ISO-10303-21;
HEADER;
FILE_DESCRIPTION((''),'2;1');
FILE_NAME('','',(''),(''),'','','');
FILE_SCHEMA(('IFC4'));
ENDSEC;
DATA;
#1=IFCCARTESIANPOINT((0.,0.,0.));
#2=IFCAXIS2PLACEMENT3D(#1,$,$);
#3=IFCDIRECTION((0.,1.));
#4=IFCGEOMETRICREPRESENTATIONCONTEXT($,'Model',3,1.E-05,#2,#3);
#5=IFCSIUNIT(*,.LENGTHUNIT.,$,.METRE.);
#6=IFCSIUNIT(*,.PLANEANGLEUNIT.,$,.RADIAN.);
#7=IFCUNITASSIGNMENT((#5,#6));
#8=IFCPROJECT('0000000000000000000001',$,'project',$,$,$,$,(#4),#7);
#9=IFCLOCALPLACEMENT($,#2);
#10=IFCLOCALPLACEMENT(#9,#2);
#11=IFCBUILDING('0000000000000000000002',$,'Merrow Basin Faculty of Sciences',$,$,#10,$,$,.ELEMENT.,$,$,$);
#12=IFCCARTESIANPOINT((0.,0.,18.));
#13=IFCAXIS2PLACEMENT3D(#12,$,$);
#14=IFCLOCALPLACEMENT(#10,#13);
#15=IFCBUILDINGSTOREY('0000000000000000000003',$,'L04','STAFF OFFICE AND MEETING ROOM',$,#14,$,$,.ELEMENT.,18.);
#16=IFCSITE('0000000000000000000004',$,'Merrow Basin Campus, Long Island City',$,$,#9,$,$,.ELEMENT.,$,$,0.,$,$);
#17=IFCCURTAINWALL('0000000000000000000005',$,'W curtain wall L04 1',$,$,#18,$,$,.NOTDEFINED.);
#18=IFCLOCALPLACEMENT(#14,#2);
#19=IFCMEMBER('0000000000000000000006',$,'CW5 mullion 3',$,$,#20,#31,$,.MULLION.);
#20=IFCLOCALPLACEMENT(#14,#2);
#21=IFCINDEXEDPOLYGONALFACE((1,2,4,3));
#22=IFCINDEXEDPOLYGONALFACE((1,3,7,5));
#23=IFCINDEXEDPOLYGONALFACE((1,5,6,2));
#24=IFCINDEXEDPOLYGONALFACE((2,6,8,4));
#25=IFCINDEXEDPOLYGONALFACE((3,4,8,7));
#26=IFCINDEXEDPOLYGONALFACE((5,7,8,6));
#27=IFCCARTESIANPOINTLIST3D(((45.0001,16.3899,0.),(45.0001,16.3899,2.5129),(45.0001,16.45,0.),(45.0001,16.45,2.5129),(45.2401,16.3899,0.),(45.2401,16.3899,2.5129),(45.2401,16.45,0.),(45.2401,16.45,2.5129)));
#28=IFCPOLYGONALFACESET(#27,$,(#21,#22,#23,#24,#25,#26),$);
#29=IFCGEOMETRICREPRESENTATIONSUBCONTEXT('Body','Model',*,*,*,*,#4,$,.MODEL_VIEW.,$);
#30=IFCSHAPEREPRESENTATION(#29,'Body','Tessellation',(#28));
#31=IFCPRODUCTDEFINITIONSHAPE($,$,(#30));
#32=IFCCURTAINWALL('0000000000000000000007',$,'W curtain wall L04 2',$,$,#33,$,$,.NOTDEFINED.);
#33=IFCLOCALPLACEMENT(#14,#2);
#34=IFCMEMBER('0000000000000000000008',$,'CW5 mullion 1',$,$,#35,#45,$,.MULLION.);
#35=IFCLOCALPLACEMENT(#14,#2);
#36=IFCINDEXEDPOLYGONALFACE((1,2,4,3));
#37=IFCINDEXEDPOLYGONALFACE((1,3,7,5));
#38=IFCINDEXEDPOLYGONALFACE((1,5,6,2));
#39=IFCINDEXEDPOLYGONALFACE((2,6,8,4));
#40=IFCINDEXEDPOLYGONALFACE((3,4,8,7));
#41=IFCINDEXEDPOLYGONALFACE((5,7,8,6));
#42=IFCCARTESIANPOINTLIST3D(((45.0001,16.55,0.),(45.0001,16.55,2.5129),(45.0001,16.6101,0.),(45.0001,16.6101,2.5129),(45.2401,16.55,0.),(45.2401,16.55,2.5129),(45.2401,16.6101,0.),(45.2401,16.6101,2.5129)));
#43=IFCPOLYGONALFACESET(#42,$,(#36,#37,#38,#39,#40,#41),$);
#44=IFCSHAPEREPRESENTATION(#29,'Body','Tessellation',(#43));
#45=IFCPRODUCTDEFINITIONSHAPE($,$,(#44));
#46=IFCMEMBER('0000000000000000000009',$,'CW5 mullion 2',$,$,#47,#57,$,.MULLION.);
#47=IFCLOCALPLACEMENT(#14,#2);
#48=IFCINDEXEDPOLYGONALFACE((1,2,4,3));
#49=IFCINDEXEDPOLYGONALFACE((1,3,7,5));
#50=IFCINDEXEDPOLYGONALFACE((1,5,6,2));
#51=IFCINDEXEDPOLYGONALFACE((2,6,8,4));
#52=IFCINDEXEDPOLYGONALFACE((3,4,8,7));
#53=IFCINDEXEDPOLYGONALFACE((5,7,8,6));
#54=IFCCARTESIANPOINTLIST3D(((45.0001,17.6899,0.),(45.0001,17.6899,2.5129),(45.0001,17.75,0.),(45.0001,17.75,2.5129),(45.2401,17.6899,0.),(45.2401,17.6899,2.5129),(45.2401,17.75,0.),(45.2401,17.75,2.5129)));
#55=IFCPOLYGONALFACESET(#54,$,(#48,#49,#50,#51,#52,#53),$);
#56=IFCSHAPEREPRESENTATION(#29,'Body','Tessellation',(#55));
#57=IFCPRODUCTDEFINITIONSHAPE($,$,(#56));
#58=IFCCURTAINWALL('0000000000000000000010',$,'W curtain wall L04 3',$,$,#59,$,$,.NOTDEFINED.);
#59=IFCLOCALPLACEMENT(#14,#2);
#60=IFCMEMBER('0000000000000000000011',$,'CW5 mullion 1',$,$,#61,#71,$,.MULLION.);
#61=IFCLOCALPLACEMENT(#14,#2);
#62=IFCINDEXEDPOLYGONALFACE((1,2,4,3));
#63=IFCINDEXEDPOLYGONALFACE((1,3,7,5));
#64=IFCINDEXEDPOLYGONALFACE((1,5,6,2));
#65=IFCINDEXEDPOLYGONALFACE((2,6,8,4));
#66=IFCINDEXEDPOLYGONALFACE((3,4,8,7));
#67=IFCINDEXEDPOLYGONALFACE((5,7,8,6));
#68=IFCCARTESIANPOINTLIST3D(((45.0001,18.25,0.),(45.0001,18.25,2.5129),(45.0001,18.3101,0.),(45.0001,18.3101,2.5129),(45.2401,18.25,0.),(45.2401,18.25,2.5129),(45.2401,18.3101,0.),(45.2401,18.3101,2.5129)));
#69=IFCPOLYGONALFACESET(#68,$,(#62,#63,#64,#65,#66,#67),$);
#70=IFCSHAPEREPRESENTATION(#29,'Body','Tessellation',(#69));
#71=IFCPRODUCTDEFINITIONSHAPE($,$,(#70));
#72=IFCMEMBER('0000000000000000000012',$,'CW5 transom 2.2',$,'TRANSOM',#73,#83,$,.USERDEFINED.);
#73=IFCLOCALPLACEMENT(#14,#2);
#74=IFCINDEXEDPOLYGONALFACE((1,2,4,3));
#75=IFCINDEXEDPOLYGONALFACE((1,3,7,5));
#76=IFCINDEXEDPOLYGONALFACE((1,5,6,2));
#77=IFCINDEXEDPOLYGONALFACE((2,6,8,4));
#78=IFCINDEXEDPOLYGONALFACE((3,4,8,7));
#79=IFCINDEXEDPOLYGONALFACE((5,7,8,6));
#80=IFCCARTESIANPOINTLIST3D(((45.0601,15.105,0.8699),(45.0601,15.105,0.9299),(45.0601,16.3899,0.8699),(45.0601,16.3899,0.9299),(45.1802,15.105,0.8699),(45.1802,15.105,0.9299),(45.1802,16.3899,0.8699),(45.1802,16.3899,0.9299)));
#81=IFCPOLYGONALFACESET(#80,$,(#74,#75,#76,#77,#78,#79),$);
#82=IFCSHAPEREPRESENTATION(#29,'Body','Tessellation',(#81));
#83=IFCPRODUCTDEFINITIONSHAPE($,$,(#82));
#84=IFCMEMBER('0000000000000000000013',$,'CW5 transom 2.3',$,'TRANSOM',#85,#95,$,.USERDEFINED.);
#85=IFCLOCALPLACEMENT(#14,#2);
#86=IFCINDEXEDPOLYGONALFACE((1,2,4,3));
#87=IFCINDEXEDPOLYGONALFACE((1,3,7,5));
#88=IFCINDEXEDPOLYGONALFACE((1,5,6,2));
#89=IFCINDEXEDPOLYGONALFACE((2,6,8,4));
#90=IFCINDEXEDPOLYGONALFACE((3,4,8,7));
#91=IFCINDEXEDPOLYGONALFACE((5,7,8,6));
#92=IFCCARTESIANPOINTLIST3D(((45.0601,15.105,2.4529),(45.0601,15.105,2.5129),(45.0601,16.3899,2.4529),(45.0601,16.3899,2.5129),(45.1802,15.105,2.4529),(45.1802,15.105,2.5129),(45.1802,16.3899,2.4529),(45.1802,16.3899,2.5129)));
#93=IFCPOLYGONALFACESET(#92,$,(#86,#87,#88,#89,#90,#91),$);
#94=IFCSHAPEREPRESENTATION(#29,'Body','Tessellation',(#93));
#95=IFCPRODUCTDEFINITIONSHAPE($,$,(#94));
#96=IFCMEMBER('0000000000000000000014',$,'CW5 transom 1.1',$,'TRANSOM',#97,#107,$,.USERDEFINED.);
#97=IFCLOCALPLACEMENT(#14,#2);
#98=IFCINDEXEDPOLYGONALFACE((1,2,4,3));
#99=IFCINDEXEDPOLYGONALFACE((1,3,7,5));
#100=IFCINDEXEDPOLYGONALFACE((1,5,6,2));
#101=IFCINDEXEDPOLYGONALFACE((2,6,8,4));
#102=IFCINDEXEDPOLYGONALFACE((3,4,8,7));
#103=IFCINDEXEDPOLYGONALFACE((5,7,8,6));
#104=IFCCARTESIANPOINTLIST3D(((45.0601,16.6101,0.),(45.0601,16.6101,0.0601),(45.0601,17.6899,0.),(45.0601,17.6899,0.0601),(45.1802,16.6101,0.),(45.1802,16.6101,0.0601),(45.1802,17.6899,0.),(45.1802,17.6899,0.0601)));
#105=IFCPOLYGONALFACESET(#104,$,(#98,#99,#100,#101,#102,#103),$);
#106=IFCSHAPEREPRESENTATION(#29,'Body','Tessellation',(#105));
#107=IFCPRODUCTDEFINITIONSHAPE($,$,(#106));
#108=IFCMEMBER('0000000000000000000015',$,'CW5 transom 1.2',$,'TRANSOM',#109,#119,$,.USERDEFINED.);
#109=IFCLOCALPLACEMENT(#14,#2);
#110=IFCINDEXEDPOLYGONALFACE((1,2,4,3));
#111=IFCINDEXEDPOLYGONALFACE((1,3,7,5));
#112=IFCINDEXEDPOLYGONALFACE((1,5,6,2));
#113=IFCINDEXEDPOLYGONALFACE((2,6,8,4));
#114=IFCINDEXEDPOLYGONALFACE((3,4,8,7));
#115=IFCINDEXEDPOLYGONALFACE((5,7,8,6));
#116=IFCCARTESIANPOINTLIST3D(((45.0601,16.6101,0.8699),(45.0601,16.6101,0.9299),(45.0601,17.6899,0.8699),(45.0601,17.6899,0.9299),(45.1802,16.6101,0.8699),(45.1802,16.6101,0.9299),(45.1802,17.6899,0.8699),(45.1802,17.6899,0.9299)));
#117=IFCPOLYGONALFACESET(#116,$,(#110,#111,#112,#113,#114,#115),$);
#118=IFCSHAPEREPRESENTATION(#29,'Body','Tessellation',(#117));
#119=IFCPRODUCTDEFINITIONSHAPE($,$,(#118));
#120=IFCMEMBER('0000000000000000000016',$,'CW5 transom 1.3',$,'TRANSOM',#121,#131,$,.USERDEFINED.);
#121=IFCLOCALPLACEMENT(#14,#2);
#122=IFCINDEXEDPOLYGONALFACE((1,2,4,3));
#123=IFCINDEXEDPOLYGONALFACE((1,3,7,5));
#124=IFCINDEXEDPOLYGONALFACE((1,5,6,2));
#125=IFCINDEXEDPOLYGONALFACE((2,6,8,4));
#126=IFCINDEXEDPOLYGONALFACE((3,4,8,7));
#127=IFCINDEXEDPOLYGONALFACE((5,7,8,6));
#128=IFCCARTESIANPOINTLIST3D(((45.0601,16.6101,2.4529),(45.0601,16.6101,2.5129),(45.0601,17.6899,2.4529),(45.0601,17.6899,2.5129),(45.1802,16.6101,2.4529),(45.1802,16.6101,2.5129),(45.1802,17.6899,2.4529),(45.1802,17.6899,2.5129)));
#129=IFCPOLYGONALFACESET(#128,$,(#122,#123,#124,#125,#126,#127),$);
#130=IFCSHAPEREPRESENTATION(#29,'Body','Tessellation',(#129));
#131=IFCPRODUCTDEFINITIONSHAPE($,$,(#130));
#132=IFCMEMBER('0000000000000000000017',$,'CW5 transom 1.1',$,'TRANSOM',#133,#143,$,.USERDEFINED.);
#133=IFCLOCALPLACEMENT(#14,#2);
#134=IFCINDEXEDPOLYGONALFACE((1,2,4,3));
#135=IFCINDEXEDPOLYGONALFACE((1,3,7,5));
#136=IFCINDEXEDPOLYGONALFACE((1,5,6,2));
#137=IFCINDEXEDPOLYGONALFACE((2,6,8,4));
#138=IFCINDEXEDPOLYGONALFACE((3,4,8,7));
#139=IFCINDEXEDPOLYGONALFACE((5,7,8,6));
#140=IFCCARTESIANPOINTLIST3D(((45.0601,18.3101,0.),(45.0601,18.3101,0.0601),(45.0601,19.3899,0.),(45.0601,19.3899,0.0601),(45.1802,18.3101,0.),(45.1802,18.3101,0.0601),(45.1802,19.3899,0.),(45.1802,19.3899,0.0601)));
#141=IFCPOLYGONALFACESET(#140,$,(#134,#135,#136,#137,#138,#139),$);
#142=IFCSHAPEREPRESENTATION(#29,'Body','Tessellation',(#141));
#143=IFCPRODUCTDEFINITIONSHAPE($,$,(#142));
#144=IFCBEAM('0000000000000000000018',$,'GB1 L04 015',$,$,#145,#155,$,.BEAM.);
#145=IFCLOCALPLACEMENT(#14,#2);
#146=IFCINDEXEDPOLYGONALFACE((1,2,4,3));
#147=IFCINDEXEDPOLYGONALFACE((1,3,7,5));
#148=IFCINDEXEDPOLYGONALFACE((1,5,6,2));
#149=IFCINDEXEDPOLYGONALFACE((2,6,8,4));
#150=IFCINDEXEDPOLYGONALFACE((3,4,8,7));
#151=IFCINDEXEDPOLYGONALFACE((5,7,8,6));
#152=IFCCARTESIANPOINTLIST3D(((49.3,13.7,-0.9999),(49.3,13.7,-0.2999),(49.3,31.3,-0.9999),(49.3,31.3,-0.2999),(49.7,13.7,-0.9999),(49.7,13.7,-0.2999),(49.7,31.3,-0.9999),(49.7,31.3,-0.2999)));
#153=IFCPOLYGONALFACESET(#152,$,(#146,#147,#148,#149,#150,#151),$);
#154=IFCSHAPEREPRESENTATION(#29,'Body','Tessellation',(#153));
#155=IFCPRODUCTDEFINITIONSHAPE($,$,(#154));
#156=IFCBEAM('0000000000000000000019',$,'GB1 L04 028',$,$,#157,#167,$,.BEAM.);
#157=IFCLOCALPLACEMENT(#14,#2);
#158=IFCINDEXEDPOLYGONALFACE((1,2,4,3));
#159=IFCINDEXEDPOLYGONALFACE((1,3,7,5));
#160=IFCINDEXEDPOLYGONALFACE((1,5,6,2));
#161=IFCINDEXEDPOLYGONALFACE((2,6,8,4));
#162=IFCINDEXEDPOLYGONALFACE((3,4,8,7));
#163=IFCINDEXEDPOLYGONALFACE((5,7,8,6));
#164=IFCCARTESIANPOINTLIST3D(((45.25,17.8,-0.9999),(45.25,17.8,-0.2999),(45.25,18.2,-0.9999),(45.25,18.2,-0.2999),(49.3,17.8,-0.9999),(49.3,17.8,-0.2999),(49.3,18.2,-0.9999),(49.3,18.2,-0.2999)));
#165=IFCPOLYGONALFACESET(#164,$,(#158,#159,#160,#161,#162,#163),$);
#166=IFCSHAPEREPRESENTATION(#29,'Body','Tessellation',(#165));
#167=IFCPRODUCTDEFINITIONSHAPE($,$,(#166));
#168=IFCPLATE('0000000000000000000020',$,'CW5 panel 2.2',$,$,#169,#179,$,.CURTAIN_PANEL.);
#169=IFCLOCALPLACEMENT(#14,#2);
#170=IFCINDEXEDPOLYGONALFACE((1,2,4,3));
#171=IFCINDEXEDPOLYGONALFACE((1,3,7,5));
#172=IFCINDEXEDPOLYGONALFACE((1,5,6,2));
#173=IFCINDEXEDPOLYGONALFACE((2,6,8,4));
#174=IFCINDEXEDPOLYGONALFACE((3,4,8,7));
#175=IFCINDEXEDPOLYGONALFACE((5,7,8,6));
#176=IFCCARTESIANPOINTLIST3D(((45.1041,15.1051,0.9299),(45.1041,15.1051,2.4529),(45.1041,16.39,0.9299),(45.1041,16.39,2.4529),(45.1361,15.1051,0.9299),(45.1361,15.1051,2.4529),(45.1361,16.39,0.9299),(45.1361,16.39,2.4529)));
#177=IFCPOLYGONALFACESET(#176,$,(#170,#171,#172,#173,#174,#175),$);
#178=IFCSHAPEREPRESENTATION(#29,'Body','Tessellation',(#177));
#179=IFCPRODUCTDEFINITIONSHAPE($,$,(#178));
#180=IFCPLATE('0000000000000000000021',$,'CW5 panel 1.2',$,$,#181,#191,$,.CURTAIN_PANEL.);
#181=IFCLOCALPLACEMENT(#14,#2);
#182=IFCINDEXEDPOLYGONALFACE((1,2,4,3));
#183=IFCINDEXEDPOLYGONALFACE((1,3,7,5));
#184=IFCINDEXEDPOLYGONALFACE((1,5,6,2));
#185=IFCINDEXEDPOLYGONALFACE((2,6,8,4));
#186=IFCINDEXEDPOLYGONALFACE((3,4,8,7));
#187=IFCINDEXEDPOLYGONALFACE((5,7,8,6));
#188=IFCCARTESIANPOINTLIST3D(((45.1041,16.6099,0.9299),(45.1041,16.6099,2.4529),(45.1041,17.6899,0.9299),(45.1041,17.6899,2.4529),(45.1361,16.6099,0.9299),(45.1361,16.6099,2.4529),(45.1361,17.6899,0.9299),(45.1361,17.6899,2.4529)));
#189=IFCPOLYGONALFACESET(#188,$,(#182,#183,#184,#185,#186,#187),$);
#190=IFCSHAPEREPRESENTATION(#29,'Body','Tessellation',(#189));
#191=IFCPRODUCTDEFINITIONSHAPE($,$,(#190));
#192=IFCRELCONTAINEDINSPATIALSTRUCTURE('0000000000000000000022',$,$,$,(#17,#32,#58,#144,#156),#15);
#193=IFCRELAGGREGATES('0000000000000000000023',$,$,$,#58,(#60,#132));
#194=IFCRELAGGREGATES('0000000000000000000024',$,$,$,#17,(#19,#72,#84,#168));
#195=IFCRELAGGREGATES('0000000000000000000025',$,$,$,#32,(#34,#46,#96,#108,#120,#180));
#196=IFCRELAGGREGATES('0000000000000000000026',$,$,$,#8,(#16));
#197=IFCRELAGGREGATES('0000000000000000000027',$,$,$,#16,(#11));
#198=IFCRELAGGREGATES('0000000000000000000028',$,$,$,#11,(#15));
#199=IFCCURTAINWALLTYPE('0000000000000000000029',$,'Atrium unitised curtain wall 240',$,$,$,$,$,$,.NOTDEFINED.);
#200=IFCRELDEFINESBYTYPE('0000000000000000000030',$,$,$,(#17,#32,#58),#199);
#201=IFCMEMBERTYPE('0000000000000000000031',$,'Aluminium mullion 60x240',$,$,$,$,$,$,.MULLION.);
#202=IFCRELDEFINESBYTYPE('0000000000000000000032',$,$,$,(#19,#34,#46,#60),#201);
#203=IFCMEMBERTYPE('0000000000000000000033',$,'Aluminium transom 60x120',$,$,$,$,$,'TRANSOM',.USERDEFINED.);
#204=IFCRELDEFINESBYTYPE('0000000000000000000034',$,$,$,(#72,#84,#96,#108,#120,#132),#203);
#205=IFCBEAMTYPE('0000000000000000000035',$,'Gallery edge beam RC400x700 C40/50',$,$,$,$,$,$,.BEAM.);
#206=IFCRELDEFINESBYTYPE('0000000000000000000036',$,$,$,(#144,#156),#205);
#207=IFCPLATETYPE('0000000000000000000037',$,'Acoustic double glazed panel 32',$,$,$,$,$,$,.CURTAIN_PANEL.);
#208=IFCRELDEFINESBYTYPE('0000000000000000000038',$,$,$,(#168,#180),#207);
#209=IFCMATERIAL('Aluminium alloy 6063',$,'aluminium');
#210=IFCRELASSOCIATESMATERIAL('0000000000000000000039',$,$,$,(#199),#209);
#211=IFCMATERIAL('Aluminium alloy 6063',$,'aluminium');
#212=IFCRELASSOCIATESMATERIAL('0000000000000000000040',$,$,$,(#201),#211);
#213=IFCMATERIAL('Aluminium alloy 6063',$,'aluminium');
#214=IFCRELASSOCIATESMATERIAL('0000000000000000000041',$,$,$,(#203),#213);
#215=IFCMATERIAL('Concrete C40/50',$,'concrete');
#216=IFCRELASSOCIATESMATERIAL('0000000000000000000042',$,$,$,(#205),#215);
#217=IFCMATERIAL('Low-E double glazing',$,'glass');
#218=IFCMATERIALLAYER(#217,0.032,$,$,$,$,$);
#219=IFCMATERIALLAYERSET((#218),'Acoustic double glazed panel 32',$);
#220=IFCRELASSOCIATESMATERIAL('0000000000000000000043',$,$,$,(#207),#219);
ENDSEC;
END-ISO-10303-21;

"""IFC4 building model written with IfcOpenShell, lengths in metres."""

from ifc_helpers import new_model, si_unit, direction, frame, origin, origin_2d, place, context, subcontext, project, spatial, rectangle, extrude, material, layer, layer_set, material_profile, profile_set, type_object, element, aggregate, save


model = new_model("IFC4")

# Units and contexts
model_context = context("Model", 3, precision=1e-05, world=origin(), true_north=direction((0.0, 1.0)))
body_context = subcontext(model_context, "Body", "Model", "MODEL_VIEW")
ifc_project = project(units=[si_unit("LENGTHUNIT", "METRE"), si_unit("PLANEANGLEUNIT", "RADIAN")], contexts=[model_context])

# Site, building, storey
site_placement = place(None, origin())
site = spatial("IfcSite", under=ifc_project, at=site_placement, Name="Merrow Basin Campus, Long Island City", CompositionType="ELEMENT", RefElevation=0.0)
building_placement = place(site_placement, origin())
building = spatial("IfcBuilding", under=site, at=building_placement, Name="Merrow Basin Faculty of Sciences", CompositionType="ELEMENT")
storey_placement = place(building_placement, frame((0.0, 0.0, 18.0)))
storey = spatial("IfcBuildingStorey", under=building, at=storey_placement, Name="L04", Description="STAFF OFFICE AND MEETING ROOM", CompositionType="ELEMENT", Elevation=18.0)

# Curtain wall, member
ifc_material_1 = material(Name="Aluminium alloy 6063", Category="aluminium")
curtain_wall_type = type_object("IfcCurtainWallType", Name="Atrium unitised curtain wall 240", PredefinedType="NOTDEFINED", material=ifc_material_1)
curtain_wall_1_placement = place(storey_placement, origin())
curtain_wall_1 = element("IfcCurtainWall", 1, at=curtain_wall_1_placement, inside=storey, type_object=curtain_wall_type, Name="W curtain wall L04 1", PredefinedType="NOTDEFINED")
ifc_material_2 = material(Name="Aluminium alloy 6063", Category="aluminium")
ifc_material_profile_1 = material_profile(ifc_material_2, rectangle(XDim=0.24, YDim=0.0601, at=origin_2d()))
ifc_profile_set_1 = profile_set([ifc_material_profile_1], Name="Aluminium alloy 6063")
member_type_1 = type_object("IfcMemberType", Name="Aluminium mullion 60x240", PredefinedType="MULLION", material=ifc_profile_set_1)
member_1_placement = place(storey_placement, frame((45.1201, 16.4199, 0.0), z_axis=(0.0, 0.0, 1.0), x_axis=(-1.0, 0.0, 0.0)))
member_1 = element("IfcMember", 2, at=member_1_placement, type_object=member_type_1, Name="CW5 mullion 3", PredefinedType="MULLION", context=body_context, shape_type="SweptSolid", body=[
    extrude(rectangle(XDim=0.24, YDim=0.0601, at=origin_2d()), origin(), (0.0, 0.0, 1.0), 2.5129),
])

# Curtain wall, members
curtain_wall_2_placement = place(storey_placement, origin())
curtain_wall_2 = element("IfcCurtainWall", 3, at=curtain_wall_2_placement, inside=storey, type_object=curtain_wall_type, Name="W curtain wall L04 2", PredefinedType="NOTDEFINED")
member_2_placement = place(storey_placement, frame((45.1201, 16.5801, 0.0), z_axis=(0.0, 0.0, 1.0), x_axis=(-1.0, 0.0, 0.0)))
member_2 = element("IfcMember", 4, at=member_2_placement, type_object=member_type_1, Name="CW5 mullion 1", PredefinedType="MULLION", context=body_context, shape_type="SweptSolid", body=[
    extrude(rectangle(XDim=0.24, YDim=0.0601, at=origin_2d()), origin(), (0.0, 0.0, 1.0), 2.5129),
])
member_3_placement = place(storey_placement, frame((45.1201, 17.72, 0.0), z_axis=(0.0, 0.0, 1.0), x_axis=(-1.0, 0.0, 0.0)))
member_3 = element("IfcMember", 5, at=member_3_placement, type_object=member_type_1, Name="CW5 mullion 2", PredefinedType="MULLION", context=body_context, shape_type="SweptSolid", body=[
    extrude(rectangle(XDim=0.24, YDim=0.0601, at=origin_2d()), origin(), (0.0, 0.0, 1.0), 2.5129),
])

# Curtain wall, member
curtain_wall_3_placement = place(storey_placement, origin())
curtain_wall_3 = element("IfcCurtainWall", 6, at=curtain_wall_3_placement, inside=storey, type_object=curtain_wall_type, Name="W curtain wall L04 3", PredefinedType="NOTDEFINED")
member_4_placement = place(storey_placement, frame((45.1201, 18.28, 0.0), z_axis=(0.0, 0.0, 1.0), x_axis=(-1.0, 0.0, 0.0)))
member_4 = element("IfcMember", 7, at=member_4_placement, type_object=member_type_1, Name="CW5 mullion 1", PredefinedType="MULLION", context=body_context, shape_type="SweptSolid", body=[
    extrude(rectangle(XDim=0.24, YDim=0.0601, at=origin_2d()), origin(), (0.0, 0.0, 1.0), 2.5129),
])

# Members
ifc_material_3 = material(Name="Aluminium alloy 6063", Category="aluminium")
ifc_material_profile_2 = material_profile(ifc_material_3, rectangle(XDim=0.1201, YDim=0.0601, at=origin_2d()))
ifc_profile_set_2 = profile_set([ifc_material_profile_2], Name="Aluminium alloy 6063")
member_type_2 = type_object("IfcMemberType", Name="Aluminium transom 60x120", ElementType="TRANSOM", PredefinedType="USERDEFINED", material=ifc_profile_set_2)
member_5_placement = place(storey_placement, frame((45.1201, 15.105, 0.8999), z_axis=(0.0, 1.0, 0.0), x_axis=(-1.0, 0.0, 0.0)))
member_5 = element("IfcMember", 8, at=member_5_placement, type_object=member_type_2, Name="CW5 transom 2.2", ObjectType="TRANSOM", PredefinedType="USERDEFINED", context=body_context, shape_type="SweptSolid", body=[
    extrude(rectangle(XDim=0.1201, YDim=0.0601, at=origin_2d()), origin(), (0.0, 0.0, 1.0), 1.2849),
])
member_6_placement = place(storey_placement, frame((45.1201, 15.105, 2.4829), z_axis=(0.0, 1.0, 0.0), x_axis=(-1.0, 0.0, 0.0)))
member_6 = element("IfcMember", 9, at=member_6_placement, type_object=member_type_2, Name="CW5 transom 2.3", ObjectType="TRANSOM", PredefinedType="USERDEFINED", context=body_context, shape_type="SweptSolid", body=[
    extrude(rectangle(XDim=0.1201, YDim=0.0601, at=origin_2d()), origin(), (0.0, 0.0, 1.0), 1.2849),
])
member_7_placement = place(storey_placement, frame((45.1201, 16.6101, 0.03), z_axis=(0.0, 1.0, 0.0), x_axis=(-1.0, 0.0, 0.0)))
member_7 = element("IfcMember", 10, at=member_7_placement, type_object=member_type_2, Name="CW5 transom 1.1", ObjectType="TRANSOM", PredefinedType="USERDEFINED", context=body_context, shape_type="SweptSolid", body=[
    extrude(rectangle(XDim=0.1201, YDim=0.0601, at=origin_2d()), origin(), (0.0, 0.0, 1.0), 1.0798),
])
member_8_placement = place(storey_placement, frame((45.1201, 16.6101, 0.8999), z_axis=(0.0, 1.0, 0.0), x_axis=(-1.0, 0.0, 0.0)))
member_8 = element("IfcMember", 11, at=member_8_placement, type_object=member_type_2, Name="CW5 transom 1.2", ObjectType="TRANSOM", PredefinedType="USERDEFINED", context=body_context, shape_type="SweptSolid", body=[
    extrude(rectangle(XDim=0.1201, YDim=0.0601, at=origin_2d()), origin(), (0.0, 0.0, 1.0), 1.0798),
])
member_9_placement = place(storey_placement, frame((45.1201, 16.6101, 2.4829), z_axis=(0.0, 1.0, 0.0), x_axis=(-1.0, 0.0, 0.0)))
member_9 = element("IfcMember", 12, at=member_9_placement, type_object=member_type_2, Name="CW5 transom 1.3", ObjectType="TRANSOM", PredefinedType="USERDEFINED", context=body_context, shape_type="SweptSolid", body=[
    extrude(rectangle(XDim=0.1201, YDim=0.0601, at=origin_2d()), origin(), (0.0, 0.0, 1.0), 1.0798),
])
member_10_placement = place(storey_placement, frame((45.1201, 18.3101, 0.03), z_axis=(0.0, 1.0, 0.0), x_axis=(-1.0, 0.0, 0.0)))
member_10 = element("IfcMember", 13, at=member_10_placement, type_object=member_type_2, Name="CW5 transom 1.1", ObjectType="TRANSOM", PredefinedType="USERDEFINED", context=body_context, shape_type="SweptSolid", body=[
    extrude(rectangle(XDim=0.1201, YDim=0.0601, at=origin_2d()), origin(), (0.0, 0.0, 1.0), 1.0798),
])
aggregate(curtain_wall_3, [member_4, member_10])

# Beams
ifc_material_4 = material(Name="Concrete C40/50", Category="concrete")
ifc_material_profile_3 = material_profile(ifc_material_4, rectangle(XDim=0.3999, YDim=0.7, at=origin_2d()))
ifc_profile_set_3 = profile_set([ifc_material_profile_3], Name="Concrete C40/50")
beam_type = type_object("IfcBeamType", Name="Gallery edge beam RC400x700 C40/50", PredefinedType="BEAM", material=ifc_profile_set_3)
beam_1_placement = place(storey_placement, frame((49.5, 13.7, -0.6499), z_axis=(0.0, 1.0, 0.0), x_axis=(-1.0, 0.0, 0.0)))
element("IfcBeam", 14, at=beam_1_placement, inside=storey, type_object=beam_type, Name="GB1 L04 015", PredefinedType="BEAM", context=body_context, shape_type="SweptSolid", body=[
    extrude(rectangle(XDim=0.3999, YDim=0.7, at=origin_2d()), origin(), (0.0, 0.0, 1.0), 17.6001),
])
beam_2_placement = place(storey_placement, frame((45.25, 18.0, -0.6499), z_axis=(1.0, 0.0, 0.0), x_axis=(0.0, 1.0, 0.0)))
element("IfcBeam", 15, at=beam_2_placement, inside=storey, type_object=beam_type, Name="GB1 L04 028", PredefinedType="BEAM", context=body_context, shape_type="SweptSolid", body=[
    extrude(rectangle(XDim=0.3999, YDim=0.7, at=origin_2d()), origin(), (0.0, 0.0, 1.0), 4.05),
])

# Plates
ifc_material_5 = material(Name="Low-E double glazing", Category="glass")
ifc_layer_1 = layer(ifc_material_5, 0.032)
ifc_layer_set_1 = layer_set([ifc_layer_1], Name="Acoustic double glazed panel 32")
plate_type_1 = type_object("IfcPlateType", Name="Acoustic double glazed panel 32", PredefinedType="CURTAIN_PANEL", material=ifc_layer_set_1)
plate_1_placement = place(storey_placement, frame((45.1201, 15.7476, 0.9299), z_axis=(0.0, 0.0, 1.0), x_axis=(0.0, 1.0, 0.0)))
plate_1 = element("IfcPlate", 16, at=plate_1_placement, type_object=plate_type_1, Name="CW5 panel 2.2", PredefinedType="CURTAIN_PANEL", context=body_context, shape_type="SweptSolid", body=[
    extrude(rectangle(XDim=1.2849, YDim=0.032, at=origin_2d()), origin(), (0.0, 0.0, 1.0), 1.5229),
])
plate_2_placement = place(storey_placement, frame((45.1201, 17.1499, 0.9299), z_axis=(0.0, 0.0, 1.0), x_axis=(0.0, 1.0, 0.0)))
plate_2 = element("IfcPlate", 17, at=plate_2_placement, type_object=plate_type_1, Name="CW5 panel 1.2", PredefinedType="CURTAIN_PANEL", context=body_context, shape_type="SweptSolid", body=[
    extrude(rectangle(XDim=1.0801, YDim=0.032, at=origin_2d()), origin(), (0.0, 0.0, 1.0), 1.5229),
])
aggregate(curtain_wall_1, [member_1, member_5, member_6, plate_1])
aggregate(curtain_wall_2, [member_2, member_3, member_7, member_8, member_9, plate_2])

save(model, "model.ifc")
